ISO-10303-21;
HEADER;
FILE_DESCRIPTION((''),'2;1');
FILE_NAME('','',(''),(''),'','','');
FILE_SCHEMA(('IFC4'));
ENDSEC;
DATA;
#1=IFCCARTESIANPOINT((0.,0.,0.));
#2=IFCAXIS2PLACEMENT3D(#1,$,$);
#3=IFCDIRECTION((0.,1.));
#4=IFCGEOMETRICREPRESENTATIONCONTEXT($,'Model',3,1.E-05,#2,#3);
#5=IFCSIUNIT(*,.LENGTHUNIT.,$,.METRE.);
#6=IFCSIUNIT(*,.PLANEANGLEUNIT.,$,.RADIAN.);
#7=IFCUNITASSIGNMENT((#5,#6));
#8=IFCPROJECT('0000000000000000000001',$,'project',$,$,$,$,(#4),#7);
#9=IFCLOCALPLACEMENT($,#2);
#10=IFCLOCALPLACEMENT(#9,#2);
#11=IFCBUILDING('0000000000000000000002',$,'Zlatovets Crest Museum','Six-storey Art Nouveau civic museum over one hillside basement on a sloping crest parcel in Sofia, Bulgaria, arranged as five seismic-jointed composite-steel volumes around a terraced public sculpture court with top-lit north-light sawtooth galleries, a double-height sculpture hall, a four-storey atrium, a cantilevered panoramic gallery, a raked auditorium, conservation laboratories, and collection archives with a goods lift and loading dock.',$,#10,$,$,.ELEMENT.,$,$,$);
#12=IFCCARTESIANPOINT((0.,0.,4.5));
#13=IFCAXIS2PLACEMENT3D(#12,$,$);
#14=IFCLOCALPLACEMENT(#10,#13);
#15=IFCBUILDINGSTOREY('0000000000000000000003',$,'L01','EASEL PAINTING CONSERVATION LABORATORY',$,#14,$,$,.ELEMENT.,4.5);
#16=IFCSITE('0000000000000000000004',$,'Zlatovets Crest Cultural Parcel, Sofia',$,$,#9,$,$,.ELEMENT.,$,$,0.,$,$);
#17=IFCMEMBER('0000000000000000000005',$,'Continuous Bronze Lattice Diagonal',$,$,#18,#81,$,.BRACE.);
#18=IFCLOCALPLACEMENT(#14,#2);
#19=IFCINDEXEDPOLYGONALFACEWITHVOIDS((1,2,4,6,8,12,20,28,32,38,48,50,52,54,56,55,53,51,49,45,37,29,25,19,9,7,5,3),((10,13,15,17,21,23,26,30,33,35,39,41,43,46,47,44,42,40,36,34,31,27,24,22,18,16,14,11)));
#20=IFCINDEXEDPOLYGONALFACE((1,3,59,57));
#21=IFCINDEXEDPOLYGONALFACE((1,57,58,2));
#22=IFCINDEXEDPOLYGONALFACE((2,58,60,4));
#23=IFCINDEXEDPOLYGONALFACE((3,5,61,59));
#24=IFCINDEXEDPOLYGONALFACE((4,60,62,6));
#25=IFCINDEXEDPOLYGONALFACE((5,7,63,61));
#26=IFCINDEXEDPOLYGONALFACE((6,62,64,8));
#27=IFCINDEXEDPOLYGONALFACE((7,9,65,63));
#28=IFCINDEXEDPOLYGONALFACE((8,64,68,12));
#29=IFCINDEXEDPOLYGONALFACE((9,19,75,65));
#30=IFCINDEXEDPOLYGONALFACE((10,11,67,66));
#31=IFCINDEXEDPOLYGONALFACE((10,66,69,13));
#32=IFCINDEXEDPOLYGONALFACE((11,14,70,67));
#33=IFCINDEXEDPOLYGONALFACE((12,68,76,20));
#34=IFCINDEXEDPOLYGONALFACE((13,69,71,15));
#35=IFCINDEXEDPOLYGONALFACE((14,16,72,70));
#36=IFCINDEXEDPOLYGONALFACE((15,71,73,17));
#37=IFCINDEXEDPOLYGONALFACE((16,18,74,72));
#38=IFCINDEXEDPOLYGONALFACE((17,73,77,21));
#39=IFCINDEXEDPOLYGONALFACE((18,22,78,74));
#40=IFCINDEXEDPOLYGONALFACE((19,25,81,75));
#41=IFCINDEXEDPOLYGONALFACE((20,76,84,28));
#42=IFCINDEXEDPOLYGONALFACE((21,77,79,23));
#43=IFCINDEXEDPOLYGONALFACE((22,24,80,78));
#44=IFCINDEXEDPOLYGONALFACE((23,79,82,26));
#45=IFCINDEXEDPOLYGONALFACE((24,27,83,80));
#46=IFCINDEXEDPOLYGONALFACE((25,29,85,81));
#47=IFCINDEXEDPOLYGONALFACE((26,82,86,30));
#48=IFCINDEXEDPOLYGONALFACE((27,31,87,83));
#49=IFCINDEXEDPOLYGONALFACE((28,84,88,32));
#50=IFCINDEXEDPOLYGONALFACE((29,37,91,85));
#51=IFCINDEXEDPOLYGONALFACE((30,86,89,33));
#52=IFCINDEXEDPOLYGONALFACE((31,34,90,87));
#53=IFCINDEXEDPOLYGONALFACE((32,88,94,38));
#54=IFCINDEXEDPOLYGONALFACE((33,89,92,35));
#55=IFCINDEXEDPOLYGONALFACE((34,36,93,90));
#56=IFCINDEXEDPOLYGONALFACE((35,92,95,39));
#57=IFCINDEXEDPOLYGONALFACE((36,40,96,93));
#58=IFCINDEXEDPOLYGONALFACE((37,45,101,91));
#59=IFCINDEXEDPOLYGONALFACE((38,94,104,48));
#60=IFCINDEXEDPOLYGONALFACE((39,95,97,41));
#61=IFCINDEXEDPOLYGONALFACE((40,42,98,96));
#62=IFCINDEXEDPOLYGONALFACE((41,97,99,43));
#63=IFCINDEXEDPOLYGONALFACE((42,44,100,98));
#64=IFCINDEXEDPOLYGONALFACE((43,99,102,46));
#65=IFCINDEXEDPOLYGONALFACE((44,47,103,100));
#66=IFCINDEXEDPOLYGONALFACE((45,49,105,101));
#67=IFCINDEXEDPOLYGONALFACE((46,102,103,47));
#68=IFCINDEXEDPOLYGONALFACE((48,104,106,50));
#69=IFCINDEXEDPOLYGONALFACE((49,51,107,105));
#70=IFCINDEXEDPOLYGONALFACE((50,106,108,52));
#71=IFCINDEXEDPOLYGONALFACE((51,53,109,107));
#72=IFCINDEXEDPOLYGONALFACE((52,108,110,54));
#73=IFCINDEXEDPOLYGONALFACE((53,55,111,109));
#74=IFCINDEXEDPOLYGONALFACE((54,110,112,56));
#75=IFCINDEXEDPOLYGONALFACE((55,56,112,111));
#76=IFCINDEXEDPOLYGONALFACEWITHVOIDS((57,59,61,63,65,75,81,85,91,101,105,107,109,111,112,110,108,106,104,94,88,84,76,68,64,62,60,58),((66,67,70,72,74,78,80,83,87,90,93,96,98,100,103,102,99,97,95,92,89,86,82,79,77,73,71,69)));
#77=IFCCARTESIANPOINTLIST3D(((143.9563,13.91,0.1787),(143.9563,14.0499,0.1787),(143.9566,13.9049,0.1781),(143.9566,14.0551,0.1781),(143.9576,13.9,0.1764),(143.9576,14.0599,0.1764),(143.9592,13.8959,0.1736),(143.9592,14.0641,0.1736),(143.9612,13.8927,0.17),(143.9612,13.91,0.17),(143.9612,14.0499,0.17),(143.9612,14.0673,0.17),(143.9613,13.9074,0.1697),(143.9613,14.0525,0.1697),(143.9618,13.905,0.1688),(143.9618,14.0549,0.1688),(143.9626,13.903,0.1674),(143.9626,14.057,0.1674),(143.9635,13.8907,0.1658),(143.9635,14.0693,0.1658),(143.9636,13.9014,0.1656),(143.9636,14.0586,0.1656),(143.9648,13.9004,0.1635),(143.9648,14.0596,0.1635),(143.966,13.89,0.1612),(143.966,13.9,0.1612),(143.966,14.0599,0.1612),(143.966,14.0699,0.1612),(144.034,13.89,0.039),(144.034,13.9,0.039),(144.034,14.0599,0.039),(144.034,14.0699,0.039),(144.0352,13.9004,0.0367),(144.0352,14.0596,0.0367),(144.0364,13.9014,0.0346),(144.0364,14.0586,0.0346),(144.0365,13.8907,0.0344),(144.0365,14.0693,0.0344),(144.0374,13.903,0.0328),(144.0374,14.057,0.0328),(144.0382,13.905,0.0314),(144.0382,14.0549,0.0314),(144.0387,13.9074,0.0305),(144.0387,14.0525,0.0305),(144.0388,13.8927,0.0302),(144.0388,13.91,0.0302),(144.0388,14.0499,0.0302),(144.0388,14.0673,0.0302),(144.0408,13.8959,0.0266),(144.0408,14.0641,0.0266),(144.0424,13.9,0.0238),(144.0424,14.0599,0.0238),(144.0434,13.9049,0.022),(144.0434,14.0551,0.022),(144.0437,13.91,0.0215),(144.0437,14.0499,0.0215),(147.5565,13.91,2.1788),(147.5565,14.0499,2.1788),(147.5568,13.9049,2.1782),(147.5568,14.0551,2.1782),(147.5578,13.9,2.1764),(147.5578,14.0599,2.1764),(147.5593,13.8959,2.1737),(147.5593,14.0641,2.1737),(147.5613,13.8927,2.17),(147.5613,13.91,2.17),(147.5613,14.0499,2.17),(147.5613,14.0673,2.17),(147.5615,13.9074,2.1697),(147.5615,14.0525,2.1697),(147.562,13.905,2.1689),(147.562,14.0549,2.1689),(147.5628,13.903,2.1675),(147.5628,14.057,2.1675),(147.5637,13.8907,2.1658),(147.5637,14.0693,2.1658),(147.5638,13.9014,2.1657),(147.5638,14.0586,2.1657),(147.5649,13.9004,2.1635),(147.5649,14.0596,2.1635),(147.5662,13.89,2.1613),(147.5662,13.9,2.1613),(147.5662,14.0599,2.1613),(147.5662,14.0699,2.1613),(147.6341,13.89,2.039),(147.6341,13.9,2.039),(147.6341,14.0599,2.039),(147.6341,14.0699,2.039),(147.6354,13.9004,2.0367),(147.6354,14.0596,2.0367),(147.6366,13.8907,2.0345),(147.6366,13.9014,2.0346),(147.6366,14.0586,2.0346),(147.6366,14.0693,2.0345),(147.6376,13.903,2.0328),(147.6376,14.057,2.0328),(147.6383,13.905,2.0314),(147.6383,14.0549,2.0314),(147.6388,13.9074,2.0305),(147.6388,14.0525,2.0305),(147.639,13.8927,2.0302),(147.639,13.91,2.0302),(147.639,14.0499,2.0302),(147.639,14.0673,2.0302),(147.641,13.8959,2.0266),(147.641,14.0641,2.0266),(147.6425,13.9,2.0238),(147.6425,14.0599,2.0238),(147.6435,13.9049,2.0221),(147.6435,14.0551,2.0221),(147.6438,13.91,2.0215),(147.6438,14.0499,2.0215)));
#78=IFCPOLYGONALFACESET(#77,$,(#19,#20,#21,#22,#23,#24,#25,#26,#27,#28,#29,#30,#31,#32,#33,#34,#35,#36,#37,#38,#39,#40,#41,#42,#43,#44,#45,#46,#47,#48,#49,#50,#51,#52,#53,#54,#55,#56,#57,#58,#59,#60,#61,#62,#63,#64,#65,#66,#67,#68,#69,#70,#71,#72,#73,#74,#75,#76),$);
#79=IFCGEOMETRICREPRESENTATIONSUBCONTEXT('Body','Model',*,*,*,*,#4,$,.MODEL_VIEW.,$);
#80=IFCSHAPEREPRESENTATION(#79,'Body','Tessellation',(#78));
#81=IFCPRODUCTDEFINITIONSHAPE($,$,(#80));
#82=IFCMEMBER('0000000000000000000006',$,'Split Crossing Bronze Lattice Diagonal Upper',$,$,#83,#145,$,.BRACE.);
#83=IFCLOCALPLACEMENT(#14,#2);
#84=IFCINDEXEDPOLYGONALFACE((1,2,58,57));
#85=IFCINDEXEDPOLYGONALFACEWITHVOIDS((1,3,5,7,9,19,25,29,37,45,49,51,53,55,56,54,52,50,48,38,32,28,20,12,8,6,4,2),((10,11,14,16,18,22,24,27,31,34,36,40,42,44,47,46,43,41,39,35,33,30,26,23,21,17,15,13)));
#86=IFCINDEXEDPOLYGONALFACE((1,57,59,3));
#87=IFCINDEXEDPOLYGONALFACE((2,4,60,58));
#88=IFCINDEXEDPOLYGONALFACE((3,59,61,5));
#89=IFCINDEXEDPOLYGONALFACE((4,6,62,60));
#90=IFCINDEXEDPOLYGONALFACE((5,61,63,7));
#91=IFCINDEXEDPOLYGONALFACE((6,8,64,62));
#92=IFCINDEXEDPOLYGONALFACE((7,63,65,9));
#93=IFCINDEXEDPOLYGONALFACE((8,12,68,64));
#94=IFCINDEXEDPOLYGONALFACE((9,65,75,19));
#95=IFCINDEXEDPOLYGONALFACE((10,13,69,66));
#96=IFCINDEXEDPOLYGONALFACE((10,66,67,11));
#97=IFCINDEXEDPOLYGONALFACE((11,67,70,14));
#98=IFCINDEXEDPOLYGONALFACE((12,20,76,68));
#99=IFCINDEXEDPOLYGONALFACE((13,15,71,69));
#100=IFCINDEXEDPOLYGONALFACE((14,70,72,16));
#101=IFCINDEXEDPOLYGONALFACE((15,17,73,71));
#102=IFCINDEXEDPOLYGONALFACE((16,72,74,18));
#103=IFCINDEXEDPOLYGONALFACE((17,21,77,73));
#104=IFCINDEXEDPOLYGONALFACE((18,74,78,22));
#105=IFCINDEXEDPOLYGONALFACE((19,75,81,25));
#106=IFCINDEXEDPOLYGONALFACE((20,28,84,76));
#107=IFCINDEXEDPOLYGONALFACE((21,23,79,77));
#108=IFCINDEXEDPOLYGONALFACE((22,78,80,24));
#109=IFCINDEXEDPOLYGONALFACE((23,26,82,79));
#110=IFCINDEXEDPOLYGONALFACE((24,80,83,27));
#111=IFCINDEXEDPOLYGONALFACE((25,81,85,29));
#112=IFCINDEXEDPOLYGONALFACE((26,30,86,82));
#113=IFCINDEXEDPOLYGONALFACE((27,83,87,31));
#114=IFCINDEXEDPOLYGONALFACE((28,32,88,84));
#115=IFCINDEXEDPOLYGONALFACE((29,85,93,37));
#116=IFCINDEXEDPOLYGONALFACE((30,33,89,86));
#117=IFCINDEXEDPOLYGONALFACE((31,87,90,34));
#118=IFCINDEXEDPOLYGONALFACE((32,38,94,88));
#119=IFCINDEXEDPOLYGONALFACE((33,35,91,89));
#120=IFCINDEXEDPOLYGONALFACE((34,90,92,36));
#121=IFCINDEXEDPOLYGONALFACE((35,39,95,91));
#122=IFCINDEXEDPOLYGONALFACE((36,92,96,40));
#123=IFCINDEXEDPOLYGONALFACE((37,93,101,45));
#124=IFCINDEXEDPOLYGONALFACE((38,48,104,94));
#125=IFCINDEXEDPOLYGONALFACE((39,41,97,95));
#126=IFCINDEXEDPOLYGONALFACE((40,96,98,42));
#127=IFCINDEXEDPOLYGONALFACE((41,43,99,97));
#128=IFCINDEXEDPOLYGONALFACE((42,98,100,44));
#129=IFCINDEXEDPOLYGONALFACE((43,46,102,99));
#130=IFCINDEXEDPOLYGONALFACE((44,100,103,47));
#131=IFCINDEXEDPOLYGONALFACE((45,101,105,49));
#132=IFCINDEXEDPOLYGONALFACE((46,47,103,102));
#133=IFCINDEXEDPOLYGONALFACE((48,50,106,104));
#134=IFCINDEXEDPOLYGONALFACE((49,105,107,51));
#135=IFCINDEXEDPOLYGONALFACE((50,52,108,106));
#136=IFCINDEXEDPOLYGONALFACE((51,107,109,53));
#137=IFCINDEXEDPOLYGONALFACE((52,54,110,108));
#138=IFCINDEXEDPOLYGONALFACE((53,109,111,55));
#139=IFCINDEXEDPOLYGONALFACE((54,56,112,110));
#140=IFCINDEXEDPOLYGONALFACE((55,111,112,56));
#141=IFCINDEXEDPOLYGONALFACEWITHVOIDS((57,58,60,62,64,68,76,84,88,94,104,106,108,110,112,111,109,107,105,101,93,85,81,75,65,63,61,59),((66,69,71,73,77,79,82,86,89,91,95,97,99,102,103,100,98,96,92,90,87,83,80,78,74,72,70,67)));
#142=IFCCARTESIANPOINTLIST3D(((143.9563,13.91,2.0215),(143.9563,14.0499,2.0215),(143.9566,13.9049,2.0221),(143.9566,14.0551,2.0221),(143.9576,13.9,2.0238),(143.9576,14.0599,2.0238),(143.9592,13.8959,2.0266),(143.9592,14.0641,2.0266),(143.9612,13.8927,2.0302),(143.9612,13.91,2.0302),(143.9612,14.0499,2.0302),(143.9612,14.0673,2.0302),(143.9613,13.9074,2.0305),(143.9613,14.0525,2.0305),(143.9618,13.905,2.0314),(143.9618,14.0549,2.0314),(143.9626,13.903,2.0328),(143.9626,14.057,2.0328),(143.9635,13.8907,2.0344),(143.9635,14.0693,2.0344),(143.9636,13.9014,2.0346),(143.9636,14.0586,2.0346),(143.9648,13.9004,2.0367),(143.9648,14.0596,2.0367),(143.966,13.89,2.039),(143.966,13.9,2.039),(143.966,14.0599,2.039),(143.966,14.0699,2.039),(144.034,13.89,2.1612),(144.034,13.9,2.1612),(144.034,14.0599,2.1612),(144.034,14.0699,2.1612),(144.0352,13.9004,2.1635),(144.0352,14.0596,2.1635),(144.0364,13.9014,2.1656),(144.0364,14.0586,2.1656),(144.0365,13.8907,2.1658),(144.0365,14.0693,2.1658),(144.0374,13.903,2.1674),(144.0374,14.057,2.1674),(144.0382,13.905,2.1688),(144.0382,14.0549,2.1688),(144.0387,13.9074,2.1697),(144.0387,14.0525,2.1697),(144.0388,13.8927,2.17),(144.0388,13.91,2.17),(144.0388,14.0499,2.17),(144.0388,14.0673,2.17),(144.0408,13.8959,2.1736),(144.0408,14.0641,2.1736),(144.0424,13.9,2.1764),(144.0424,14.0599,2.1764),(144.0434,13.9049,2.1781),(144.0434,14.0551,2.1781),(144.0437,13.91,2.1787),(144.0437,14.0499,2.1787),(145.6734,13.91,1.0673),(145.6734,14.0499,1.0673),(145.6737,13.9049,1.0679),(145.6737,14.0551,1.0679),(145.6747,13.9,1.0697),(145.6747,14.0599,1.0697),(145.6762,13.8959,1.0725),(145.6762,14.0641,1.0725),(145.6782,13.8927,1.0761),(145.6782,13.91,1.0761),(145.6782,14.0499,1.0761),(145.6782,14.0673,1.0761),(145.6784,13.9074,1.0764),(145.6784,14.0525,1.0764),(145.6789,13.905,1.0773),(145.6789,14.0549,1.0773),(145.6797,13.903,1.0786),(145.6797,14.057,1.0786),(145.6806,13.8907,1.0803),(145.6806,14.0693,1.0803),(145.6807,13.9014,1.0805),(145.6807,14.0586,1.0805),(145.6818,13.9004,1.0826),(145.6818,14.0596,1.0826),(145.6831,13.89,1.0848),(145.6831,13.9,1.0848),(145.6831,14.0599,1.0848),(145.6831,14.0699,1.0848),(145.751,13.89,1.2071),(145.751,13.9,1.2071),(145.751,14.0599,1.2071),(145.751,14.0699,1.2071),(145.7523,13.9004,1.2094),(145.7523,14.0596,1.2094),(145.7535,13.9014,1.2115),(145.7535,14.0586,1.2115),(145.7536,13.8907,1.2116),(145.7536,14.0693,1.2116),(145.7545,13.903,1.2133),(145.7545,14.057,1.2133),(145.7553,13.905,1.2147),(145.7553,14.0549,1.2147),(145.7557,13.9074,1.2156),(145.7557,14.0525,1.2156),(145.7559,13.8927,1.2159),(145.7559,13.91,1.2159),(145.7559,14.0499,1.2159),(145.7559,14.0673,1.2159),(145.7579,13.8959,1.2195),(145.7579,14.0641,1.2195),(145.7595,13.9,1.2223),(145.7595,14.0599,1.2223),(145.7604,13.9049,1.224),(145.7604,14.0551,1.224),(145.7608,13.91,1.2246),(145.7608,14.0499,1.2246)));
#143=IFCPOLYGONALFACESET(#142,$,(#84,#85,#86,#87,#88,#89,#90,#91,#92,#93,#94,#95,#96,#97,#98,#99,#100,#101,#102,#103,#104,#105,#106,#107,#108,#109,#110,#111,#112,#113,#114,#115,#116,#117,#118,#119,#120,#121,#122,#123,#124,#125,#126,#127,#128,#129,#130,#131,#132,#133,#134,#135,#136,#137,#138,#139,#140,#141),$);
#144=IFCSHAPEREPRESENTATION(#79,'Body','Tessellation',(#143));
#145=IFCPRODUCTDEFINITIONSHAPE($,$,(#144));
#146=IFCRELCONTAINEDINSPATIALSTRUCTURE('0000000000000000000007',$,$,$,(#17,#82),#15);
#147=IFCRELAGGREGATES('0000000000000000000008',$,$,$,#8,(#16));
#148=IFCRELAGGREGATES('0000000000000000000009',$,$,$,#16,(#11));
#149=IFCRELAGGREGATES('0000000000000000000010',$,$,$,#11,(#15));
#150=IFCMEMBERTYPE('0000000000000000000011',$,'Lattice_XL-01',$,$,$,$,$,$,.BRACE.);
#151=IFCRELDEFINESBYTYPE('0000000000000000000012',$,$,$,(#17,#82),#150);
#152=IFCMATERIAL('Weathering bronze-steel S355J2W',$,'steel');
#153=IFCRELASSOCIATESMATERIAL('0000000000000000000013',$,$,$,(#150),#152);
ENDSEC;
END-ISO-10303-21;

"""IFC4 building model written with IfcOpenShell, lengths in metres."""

from ifc_helpers import new_model, si_unit, direction, frame, origin, origin_2d, place, context, subcontext, project, spatial, hollow_rectangle, extrude, material, material_profile, profile_set, type_object, element, save


model = new_model("IFC4")

# Units and contexts
model_context = context("Model", 3, precision=1e-05, world=origin(), true_north=direction((0.0, 1.0)))
body_context = subcontext(model_context, "Body", "Model", "MODEL_VIEW")
ifc_project = project(units=[si_unit("LENGTHUNIT", "METRE"), si_unit("PLANEANGLEUNIT", "RADIAN")], contexts=[model_context])

# Site, building, storey
site_placement = place(None, origin())
site = spatial("IfcSite", under=ifc_project, at=site_placement, Name="Zlatovets Crest Cultural Parcel, Sofia", CompositionType="ELEMENT", RefElevation=0.0)
building_placement = place(site_placement, origin())
building = spatial("IfcBuilding", under=site, at=building_placement, Name="Zlatovets Crest Museum", Description="Six-storey Art Nouveau civic museum over one hillside basement on a sloping crest parcel in Sofia, Bulgaria, arranged as five seismic-jointed composite-steel volumes around a terraced public sculpture court with top-lit north-light sawtooth galleries, a double-height sculpture hall, a four-storey atrium, a cantilevered panoramic gallery, a raked auditorium, conservation laboratories, and collection archives with a goods lift and loading dock.", CompositionType="ELEMENT")
storey_placement = place(building_placement, frame((0.0, 0.0, 4.5)))
storey = spatial("IfcBuildingStorey", under=building, at=storey_placement, Name="L01", Description="EASEL PAINTING CONSERVATION LABORATORY", CompositionType="ELEMENT", Elevation=4.5)

# Members
ifc_material_1 = material(Name="Weathering bronze-steel S355J2W", Category="steel")
ifc_material_profile_1 = material_profile(ifc_material_1, hollow_rectangle(XDim=0.1799, YDim=0.1799, WallThickness=0.01, InnerFilletRadius=0.01, OuterFilletRadius=0.02, at=origin_2d()), Name="SHS 180x180x10.0")
ifc_profile_set_1 = profile_set([ifc_material_profile_1], Name="Weathering bronze-steel S355J2W")
member_type_1 = type_object("IfcMemberType", Name="Lattice_XL-01", PredefinedType="BRACE", material=ifc_profile_set_1)
member_1_placement = place(storey_placement, frame((144.0, 13.98, 0.1001), z_axis=(0.874163, 0.0, 0.485633), x_axis=(0.0, 1.0, 0.0)))
element("IfcMember", 1, at=member_1_placement, inside=storey, type_object=member_type_1, Name="Continuous Bronze Lattice Diagonal", PredefinedType="BRACE", context=body_context, shape_type="SweptSolid", body=[
    extrude(hollow_rectangle(XDim=0.1799, YDim=0.1799, WallThickness=0.01, InnerFilletRadius=0.01, OuterFilletRadius=0.02, at=origin_2d()), origin(), (0.0, 0.0, 1.0), 4.1184),
])
member_2_placement = place(storey_placement, frame((144.0, 13.98, 2.1001), z_axis=(0.874116, 0.0, -0.485717), x_axis=(0.0, 1.0, 0.0)))
element("IfcMember", 2, at=member_2_placement, inside=storey, type_object=member_type_1, Name="Split Crossing Bronze Lattice Diagonal Upper", PredefinedType="BRACE", context=body_context, shape_type="SweptSolid", body=[
    extrude(hollow_rectangle(XDim=0.1799, YDim=0.1799, WallThickness=0.01, InnerFilletRadius=0.01, OuterFilletRadius=0.02, at=origin_2d()), origin(), (0.0, 0.0, 1.0), 1.9644),
])

save(model, "model.ifc")
